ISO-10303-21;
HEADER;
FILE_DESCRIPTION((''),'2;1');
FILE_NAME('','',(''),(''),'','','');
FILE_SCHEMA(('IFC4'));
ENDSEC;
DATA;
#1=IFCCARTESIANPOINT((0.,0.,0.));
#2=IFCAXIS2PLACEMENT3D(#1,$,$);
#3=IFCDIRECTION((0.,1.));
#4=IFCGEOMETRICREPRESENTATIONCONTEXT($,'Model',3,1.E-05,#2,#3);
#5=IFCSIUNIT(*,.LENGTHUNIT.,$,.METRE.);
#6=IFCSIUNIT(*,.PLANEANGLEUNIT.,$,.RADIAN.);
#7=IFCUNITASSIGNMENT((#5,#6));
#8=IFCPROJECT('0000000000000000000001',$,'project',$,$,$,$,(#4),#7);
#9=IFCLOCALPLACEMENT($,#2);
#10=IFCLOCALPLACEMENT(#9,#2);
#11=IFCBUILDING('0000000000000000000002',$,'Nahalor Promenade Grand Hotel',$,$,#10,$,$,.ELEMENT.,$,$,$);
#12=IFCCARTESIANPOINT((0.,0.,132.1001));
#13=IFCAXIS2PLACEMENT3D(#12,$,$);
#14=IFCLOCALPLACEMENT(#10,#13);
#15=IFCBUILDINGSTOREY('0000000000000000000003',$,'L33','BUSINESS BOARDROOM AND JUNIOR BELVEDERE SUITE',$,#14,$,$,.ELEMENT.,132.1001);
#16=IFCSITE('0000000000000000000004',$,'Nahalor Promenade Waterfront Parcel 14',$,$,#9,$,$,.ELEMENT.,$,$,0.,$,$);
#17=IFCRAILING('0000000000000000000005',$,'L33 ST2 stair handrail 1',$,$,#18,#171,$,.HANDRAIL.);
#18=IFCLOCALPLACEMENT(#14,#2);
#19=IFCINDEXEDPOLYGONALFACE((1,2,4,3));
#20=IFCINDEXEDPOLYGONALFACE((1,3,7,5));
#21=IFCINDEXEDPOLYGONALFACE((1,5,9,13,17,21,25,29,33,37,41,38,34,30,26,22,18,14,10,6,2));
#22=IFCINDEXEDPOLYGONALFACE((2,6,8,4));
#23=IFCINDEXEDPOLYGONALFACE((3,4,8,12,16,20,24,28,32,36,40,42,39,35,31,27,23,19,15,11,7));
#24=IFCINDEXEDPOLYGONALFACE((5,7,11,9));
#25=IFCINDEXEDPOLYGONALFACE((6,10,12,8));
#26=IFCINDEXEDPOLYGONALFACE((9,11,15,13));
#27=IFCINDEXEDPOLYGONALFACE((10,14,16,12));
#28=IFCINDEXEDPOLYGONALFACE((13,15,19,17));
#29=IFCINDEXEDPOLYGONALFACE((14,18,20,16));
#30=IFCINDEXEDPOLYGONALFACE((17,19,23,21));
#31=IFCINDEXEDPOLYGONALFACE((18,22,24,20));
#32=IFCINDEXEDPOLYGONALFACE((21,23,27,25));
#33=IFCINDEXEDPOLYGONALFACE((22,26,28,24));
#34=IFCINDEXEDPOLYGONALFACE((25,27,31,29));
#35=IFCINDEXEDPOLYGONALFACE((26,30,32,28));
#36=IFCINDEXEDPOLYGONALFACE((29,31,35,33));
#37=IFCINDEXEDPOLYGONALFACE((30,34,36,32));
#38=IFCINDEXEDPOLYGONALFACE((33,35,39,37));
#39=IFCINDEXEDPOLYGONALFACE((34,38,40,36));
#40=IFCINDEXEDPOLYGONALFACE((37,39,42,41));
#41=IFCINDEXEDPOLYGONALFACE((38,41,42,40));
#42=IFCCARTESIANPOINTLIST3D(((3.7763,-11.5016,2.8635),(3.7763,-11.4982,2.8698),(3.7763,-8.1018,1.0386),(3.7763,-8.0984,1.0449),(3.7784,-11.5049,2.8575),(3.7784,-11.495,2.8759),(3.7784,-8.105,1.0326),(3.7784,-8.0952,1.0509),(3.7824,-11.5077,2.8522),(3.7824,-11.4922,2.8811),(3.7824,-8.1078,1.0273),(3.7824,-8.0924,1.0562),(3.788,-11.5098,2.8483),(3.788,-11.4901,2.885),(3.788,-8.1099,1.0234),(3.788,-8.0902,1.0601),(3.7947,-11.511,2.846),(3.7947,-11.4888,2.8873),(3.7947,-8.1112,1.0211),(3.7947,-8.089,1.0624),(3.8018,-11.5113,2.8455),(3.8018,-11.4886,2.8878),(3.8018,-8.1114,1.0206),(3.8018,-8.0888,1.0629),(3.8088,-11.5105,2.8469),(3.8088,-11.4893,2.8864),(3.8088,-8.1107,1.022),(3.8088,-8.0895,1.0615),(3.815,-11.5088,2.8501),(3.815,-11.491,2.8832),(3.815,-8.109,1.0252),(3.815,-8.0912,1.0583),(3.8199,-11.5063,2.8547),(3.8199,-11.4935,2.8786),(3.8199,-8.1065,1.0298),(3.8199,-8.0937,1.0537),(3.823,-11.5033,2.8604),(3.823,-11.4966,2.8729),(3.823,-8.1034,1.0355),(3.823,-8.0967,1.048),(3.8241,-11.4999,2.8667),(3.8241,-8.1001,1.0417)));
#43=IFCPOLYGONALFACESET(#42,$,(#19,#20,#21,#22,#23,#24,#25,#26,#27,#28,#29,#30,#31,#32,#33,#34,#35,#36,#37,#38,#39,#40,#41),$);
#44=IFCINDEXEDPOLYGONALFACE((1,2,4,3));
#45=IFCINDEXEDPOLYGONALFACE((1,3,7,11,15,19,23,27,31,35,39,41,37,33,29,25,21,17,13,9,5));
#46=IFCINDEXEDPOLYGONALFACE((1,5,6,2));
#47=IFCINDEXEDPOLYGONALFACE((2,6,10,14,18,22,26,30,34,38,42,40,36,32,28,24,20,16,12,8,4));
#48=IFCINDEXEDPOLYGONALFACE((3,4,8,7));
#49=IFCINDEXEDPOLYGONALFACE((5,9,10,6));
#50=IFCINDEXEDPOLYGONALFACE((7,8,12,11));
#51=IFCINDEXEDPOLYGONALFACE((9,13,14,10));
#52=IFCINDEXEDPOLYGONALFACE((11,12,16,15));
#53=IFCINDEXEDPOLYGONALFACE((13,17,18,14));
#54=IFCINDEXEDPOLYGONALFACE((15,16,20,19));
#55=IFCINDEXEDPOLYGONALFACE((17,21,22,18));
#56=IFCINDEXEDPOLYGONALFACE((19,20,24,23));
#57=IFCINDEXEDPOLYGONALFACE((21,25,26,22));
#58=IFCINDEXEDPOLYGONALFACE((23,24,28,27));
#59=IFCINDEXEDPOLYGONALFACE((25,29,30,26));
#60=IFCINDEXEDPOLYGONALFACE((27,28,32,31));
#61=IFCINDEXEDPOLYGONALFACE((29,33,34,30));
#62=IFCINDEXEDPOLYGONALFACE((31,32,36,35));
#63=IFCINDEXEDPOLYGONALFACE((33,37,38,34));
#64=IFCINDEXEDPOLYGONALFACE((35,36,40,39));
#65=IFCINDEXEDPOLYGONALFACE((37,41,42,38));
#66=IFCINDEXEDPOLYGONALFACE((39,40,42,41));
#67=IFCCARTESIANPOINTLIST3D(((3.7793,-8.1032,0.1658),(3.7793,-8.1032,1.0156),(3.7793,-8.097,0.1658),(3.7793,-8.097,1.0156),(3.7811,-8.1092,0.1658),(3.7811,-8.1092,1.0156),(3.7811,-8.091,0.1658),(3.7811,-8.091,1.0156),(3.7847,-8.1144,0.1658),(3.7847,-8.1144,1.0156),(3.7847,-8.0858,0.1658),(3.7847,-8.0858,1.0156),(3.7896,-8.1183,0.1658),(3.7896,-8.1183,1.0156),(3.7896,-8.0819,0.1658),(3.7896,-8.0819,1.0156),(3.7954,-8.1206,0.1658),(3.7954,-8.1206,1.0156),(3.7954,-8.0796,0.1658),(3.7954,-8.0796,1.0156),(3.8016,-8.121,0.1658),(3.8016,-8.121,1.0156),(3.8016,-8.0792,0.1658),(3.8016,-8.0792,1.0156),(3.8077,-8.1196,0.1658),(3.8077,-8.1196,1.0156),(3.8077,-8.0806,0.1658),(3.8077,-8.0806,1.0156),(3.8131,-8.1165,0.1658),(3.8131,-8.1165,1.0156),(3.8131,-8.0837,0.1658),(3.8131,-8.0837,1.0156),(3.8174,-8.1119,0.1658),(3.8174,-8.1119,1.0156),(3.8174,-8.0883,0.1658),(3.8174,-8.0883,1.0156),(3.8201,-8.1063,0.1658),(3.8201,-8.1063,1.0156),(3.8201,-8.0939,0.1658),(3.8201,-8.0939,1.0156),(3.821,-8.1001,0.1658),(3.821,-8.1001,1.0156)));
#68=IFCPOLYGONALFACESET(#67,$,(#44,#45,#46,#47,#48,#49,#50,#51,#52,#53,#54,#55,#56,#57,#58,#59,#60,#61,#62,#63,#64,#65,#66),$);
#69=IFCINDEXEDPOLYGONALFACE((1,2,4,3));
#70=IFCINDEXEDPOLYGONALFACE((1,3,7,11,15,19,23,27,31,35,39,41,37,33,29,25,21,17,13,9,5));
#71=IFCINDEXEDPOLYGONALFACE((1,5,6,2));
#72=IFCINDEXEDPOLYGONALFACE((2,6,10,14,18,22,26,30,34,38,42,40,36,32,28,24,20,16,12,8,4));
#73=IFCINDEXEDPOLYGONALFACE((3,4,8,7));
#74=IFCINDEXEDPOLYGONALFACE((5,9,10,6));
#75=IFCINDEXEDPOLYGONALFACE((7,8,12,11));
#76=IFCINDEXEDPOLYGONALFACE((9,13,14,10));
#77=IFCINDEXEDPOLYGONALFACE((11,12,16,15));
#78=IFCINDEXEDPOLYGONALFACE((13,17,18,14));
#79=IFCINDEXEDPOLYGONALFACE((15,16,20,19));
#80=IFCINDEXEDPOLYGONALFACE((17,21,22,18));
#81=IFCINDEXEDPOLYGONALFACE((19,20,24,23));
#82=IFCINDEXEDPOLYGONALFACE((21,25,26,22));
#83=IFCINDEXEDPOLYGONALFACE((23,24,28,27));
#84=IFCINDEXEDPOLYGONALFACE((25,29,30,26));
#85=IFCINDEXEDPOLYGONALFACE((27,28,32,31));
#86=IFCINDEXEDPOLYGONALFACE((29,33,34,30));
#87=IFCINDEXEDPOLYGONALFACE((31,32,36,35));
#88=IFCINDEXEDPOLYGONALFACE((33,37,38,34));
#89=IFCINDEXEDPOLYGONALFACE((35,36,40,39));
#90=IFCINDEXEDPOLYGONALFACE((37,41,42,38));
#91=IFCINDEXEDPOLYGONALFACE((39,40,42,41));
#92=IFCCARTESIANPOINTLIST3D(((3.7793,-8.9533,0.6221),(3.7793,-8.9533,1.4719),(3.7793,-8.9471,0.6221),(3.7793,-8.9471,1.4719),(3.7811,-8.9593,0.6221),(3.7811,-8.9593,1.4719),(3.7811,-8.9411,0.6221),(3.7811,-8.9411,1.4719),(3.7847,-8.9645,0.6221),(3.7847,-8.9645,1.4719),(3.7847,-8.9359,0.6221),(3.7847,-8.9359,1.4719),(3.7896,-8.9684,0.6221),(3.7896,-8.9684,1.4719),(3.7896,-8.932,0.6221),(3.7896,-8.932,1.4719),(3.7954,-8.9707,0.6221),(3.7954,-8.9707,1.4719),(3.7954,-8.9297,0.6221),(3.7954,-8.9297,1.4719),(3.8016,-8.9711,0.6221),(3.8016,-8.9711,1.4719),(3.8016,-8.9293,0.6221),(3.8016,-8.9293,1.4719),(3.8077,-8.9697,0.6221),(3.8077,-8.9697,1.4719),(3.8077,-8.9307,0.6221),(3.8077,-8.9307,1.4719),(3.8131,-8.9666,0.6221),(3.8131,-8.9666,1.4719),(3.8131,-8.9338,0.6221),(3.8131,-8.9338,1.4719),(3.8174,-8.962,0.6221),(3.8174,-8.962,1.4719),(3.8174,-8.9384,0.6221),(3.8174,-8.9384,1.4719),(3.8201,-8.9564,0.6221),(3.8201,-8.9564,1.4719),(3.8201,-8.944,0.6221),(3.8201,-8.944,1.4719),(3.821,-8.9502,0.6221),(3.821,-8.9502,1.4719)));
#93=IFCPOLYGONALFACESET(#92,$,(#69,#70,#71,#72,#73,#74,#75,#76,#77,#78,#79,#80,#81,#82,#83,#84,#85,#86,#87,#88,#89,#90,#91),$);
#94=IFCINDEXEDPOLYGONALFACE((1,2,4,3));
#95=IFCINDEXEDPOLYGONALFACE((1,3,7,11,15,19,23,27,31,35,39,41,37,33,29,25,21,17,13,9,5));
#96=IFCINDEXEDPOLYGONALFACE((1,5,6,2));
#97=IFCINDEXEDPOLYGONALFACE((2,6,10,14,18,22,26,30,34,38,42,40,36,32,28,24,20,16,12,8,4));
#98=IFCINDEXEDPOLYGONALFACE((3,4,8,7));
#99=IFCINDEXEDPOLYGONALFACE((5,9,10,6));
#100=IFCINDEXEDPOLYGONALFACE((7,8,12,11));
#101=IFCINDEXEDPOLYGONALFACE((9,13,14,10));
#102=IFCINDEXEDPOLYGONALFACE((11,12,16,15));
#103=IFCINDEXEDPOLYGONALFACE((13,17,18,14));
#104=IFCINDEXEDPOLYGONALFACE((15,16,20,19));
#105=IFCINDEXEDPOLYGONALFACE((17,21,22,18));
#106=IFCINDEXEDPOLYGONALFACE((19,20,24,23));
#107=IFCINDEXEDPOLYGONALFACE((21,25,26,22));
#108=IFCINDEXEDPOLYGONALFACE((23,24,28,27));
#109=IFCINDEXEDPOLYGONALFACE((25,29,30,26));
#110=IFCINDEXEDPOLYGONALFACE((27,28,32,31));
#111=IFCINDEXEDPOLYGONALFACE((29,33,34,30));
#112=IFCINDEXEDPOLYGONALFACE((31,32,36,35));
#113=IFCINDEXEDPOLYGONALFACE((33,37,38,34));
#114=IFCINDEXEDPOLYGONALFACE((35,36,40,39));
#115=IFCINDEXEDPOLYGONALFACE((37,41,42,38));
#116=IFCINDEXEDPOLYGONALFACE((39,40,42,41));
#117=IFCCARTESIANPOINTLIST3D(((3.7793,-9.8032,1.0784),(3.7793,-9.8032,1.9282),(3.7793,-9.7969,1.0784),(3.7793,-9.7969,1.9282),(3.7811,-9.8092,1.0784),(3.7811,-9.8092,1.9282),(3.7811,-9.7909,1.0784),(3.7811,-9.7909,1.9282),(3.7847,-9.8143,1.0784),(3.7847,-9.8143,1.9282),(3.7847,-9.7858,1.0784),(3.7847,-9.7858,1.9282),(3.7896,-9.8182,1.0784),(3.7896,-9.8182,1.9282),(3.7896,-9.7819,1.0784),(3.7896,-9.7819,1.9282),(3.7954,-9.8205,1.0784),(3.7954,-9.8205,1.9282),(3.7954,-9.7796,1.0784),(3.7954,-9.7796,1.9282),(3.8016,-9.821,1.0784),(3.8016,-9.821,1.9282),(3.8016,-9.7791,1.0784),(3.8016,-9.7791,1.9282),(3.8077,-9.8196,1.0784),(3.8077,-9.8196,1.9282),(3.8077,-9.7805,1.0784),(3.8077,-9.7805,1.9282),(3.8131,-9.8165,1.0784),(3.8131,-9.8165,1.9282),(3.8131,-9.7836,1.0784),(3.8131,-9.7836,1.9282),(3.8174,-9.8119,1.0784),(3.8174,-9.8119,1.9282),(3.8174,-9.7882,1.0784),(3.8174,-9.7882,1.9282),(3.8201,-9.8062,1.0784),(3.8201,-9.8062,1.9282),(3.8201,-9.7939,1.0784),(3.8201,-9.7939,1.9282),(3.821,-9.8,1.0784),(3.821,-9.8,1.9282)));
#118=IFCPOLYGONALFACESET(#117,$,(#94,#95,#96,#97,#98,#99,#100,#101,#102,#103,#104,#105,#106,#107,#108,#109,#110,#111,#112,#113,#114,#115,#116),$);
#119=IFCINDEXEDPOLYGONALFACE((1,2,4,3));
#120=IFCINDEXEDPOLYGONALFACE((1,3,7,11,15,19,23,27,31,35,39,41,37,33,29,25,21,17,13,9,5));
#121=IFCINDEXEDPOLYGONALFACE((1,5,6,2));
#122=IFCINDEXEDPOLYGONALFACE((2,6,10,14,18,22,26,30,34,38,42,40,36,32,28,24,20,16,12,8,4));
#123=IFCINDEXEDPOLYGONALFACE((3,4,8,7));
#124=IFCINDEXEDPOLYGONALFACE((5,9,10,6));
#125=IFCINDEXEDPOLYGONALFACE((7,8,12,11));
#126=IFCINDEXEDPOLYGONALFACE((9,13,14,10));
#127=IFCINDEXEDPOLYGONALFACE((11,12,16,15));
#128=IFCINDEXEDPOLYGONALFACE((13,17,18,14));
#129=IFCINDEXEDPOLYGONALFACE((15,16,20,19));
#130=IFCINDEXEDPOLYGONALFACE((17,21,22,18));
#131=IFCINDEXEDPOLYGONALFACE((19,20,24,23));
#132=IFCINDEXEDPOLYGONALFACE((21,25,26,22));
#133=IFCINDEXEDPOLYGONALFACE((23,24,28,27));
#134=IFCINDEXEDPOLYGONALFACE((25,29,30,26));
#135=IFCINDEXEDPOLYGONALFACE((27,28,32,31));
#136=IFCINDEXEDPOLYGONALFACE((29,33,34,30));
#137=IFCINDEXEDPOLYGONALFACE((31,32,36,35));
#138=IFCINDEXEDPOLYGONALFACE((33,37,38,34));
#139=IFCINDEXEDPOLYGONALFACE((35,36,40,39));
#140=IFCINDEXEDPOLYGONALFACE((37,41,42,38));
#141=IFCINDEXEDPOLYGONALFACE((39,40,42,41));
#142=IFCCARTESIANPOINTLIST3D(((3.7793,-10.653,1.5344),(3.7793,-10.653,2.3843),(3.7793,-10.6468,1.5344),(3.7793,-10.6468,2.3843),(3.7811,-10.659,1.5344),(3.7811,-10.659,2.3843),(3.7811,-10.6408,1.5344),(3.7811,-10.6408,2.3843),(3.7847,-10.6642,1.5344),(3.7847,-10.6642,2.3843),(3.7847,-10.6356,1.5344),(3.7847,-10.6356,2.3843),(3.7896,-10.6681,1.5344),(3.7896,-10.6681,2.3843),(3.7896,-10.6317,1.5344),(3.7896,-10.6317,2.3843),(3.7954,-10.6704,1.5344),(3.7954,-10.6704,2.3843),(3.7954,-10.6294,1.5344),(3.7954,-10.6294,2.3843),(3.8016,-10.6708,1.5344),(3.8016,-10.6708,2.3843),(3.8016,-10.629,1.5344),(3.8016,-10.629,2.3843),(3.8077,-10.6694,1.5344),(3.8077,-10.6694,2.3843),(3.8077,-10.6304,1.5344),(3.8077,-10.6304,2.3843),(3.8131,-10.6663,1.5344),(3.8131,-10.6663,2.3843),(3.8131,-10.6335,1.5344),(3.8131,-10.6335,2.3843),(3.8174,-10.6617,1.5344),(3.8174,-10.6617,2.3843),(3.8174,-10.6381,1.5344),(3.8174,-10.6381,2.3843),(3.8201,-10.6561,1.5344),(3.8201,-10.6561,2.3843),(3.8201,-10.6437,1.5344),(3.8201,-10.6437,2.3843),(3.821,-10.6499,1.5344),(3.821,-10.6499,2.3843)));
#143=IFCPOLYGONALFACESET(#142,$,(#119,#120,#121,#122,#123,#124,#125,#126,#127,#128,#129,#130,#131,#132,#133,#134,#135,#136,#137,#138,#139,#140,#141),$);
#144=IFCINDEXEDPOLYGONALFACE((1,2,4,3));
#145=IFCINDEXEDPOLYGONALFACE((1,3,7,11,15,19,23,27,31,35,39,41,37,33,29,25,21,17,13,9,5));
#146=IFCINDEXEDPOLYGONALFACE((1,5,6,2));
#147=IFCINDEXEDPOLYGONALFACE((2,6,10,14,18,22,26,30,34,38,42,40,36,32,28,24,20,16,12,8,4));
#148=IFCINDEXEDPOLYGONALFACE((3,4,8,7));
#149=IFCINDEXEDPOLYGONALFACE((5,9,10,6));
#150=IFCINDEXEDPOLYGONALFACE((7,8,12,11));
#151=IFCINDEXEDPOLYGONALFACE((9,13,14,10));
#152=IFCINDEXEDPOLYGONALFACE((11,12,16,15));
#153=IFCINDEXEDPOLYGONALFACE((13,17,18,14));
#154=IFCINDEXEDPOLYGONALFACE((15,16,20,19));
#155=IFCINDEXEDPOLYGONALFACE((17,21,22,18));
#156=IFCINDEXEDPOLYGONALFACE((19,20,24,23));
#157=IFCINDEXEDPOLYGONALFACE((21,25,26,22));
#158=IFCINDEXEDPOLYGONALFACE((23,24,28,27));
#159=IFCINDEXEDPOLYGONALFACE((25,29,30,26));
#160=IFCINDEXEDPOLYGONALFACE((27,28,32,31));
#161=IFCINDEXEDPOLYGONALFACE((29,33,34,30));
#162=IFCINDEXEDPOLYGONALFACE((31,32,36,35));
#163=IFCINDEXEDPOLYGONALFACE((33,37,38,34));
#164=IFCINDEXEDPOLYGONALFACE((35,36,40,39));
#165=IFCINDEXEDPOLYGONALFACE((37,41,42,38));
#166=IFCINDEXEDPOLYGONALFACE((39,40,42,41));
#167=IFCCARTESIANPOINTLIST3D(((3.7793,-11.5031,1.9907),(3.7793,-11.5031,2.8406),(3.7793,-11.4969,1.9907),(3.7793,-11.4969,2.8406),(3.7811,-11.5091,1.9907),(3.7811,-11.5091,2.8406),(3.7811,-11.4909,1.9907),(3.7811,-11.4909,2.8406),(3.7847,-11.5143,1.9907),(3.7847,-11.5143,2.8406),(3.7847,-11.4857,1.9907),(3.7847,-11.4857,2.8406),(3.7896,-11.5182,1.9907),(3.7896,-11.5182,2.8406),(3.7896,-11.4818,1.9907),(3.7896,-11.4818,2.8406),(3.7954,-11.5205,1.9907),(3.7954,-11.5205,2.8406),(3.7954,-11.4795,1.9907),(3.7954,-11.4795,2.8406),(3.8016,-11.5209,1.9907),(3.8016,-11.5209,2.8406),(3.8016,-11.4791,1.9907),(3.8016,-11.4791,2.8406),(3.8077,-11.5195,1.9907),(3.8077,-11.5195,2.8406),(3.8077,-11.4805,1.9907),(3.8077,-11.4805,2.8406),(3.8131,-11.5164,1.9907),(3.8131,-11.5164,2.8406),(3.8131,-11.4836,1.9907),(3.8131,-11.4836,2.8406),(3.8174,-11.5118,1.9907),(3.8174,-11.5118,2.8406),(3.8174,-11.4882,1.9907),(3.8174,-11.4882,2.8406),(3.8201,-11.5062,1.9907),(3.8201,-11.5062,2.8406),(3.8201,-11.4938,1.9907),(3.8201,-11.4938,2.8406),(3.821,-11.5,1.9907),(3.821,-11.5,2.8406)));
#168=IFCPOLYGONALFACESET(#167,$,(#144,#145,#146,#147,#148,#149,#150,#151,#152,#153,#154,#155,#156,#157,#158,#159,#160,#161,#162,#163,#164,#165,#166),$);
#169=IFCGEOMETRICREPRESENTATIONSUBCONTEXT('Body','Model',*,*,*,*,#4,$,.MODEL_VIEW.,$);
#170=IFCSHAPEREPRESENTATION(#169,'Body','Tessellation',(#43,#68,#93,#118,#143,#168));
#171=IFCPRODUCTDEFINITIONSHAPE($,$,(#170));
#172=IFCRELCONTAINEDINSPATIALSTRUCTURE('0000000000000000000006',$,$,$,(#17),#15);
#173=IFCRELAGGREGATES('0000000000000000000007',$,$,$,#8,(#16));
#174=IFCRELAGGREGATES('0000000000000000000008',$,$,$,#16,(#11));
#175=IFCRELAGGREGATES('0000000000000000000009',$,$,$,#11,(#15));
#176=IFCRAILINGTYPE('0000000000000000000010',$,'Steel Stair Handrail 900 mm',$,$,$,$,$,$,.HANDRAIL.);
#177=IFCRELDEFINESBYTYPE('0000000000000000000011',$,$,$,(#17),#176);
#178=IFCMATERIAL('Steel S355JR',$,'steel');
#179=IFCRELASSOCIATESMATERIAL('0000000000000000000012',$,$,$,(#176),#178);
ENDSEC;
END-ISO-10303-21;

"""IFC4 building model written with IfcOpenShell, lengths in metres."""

from ifc_helpers import new_model, si_unit, direction, frame, origin, origin_2d, place, context, subcontext, project, spatial, circle, extrude, material, type_object, element, save


model = new_model("IFC4")

# Units and contexts
model_context = context("Model", 3, precision=1e-05, world=origin(), true_north=direction((0.0, 1.0)))
body_context = subcontext(model_context, "Body", "Model", "MODEL_VIEW")
ifc_project = project(units=[si_unit("LENGTHUNIT", "METRE"), si_unit("PLANEANGLEUNIT", "RADIAN")], contexts=[model_context])

# Site, building, storey
site_placement = place(None, origin())
site = spatial("IfcSite", under=ifc_project, at=site_placement, Name="Nahalor Promenade Waterfront Parcel 14", CompositionType="ELEMENT", RefElevation=0.0)
building_placement = place(site_placement, origin())
building = spatial("IfcBuilding", under=site, at=building_placement, Name="Nahalor Promenade Grand Hotel", CompositionType="ELEMENT")
storey_placement = place(building_placement, frame((0.0, 0.0, 132.1001)))
storey = spatial("IfcBuildingStorey", under=building, at=storey_placement, Name="L33", Description="BUSINESS BOARDROOM AND JUNIOR BELVEDERE SUITE", CompositionType="ELEMENT", Elevation=132.1001)

# Shared definitions
ifc_material_1 = material(Name="Steel S355JR", Category="steel")

# Railing
railing_type_1 = type_object("IfcRailingType", Name="Steel Stair Handrail 900 mm", PredefinedType="HANDRAIL", material=ifc_material_1)
railing_1_placement = place(storey_placement, frame((3.8, -8.1001, 0.1658)))
element("IfcRailing", 1, at=railing_1_placement, inside=storey, type_object=railing_type_1, Name="L33 ST2 stair handrail 1", PredefinedType="HANDRAIL", context=body_context, shape_type="SweptSolid", body=[
    extrude(circle(Radius=0.024, at=origin_2d()), frame((0.0, 0.0, 0.876), z_axis=(0.0, -0.881094, 0.472941), x_axis=(1.0, 0.0, 0.0)), (0.0, 0.0, 1.0), 3.8586),
    extrude(circle(Radius=0.021, at=origin_2d()), origin(), (0.0, 0.0, 1.0), 0.8499),
    extrude(circle(Radius=0.021, at=origin_2d()), frame((0.0, -0.8501, 0.4563)), (0.0, 0.0, 1.0), 0.8499),
    extrude(circle(Radius=0.021, at=origin_2d()), frame((0.0, -1.7, 0.9126)), (0.0, 0.0, 1.0), 0.8499),
    extrude(circle(Radius=0.021, at=origin_2d()), frame((0.0, -2.5498, 1.3687)), (0.0, 0.0, 1.0), 0.8499),
    extrude(circle(Radius=0.021, at=origin_2d()), frame((0.0, -3.3999, 1.825)), (0.0, 0.0, 1.0), 0.8499),
])

save(model, "model.ifc")
